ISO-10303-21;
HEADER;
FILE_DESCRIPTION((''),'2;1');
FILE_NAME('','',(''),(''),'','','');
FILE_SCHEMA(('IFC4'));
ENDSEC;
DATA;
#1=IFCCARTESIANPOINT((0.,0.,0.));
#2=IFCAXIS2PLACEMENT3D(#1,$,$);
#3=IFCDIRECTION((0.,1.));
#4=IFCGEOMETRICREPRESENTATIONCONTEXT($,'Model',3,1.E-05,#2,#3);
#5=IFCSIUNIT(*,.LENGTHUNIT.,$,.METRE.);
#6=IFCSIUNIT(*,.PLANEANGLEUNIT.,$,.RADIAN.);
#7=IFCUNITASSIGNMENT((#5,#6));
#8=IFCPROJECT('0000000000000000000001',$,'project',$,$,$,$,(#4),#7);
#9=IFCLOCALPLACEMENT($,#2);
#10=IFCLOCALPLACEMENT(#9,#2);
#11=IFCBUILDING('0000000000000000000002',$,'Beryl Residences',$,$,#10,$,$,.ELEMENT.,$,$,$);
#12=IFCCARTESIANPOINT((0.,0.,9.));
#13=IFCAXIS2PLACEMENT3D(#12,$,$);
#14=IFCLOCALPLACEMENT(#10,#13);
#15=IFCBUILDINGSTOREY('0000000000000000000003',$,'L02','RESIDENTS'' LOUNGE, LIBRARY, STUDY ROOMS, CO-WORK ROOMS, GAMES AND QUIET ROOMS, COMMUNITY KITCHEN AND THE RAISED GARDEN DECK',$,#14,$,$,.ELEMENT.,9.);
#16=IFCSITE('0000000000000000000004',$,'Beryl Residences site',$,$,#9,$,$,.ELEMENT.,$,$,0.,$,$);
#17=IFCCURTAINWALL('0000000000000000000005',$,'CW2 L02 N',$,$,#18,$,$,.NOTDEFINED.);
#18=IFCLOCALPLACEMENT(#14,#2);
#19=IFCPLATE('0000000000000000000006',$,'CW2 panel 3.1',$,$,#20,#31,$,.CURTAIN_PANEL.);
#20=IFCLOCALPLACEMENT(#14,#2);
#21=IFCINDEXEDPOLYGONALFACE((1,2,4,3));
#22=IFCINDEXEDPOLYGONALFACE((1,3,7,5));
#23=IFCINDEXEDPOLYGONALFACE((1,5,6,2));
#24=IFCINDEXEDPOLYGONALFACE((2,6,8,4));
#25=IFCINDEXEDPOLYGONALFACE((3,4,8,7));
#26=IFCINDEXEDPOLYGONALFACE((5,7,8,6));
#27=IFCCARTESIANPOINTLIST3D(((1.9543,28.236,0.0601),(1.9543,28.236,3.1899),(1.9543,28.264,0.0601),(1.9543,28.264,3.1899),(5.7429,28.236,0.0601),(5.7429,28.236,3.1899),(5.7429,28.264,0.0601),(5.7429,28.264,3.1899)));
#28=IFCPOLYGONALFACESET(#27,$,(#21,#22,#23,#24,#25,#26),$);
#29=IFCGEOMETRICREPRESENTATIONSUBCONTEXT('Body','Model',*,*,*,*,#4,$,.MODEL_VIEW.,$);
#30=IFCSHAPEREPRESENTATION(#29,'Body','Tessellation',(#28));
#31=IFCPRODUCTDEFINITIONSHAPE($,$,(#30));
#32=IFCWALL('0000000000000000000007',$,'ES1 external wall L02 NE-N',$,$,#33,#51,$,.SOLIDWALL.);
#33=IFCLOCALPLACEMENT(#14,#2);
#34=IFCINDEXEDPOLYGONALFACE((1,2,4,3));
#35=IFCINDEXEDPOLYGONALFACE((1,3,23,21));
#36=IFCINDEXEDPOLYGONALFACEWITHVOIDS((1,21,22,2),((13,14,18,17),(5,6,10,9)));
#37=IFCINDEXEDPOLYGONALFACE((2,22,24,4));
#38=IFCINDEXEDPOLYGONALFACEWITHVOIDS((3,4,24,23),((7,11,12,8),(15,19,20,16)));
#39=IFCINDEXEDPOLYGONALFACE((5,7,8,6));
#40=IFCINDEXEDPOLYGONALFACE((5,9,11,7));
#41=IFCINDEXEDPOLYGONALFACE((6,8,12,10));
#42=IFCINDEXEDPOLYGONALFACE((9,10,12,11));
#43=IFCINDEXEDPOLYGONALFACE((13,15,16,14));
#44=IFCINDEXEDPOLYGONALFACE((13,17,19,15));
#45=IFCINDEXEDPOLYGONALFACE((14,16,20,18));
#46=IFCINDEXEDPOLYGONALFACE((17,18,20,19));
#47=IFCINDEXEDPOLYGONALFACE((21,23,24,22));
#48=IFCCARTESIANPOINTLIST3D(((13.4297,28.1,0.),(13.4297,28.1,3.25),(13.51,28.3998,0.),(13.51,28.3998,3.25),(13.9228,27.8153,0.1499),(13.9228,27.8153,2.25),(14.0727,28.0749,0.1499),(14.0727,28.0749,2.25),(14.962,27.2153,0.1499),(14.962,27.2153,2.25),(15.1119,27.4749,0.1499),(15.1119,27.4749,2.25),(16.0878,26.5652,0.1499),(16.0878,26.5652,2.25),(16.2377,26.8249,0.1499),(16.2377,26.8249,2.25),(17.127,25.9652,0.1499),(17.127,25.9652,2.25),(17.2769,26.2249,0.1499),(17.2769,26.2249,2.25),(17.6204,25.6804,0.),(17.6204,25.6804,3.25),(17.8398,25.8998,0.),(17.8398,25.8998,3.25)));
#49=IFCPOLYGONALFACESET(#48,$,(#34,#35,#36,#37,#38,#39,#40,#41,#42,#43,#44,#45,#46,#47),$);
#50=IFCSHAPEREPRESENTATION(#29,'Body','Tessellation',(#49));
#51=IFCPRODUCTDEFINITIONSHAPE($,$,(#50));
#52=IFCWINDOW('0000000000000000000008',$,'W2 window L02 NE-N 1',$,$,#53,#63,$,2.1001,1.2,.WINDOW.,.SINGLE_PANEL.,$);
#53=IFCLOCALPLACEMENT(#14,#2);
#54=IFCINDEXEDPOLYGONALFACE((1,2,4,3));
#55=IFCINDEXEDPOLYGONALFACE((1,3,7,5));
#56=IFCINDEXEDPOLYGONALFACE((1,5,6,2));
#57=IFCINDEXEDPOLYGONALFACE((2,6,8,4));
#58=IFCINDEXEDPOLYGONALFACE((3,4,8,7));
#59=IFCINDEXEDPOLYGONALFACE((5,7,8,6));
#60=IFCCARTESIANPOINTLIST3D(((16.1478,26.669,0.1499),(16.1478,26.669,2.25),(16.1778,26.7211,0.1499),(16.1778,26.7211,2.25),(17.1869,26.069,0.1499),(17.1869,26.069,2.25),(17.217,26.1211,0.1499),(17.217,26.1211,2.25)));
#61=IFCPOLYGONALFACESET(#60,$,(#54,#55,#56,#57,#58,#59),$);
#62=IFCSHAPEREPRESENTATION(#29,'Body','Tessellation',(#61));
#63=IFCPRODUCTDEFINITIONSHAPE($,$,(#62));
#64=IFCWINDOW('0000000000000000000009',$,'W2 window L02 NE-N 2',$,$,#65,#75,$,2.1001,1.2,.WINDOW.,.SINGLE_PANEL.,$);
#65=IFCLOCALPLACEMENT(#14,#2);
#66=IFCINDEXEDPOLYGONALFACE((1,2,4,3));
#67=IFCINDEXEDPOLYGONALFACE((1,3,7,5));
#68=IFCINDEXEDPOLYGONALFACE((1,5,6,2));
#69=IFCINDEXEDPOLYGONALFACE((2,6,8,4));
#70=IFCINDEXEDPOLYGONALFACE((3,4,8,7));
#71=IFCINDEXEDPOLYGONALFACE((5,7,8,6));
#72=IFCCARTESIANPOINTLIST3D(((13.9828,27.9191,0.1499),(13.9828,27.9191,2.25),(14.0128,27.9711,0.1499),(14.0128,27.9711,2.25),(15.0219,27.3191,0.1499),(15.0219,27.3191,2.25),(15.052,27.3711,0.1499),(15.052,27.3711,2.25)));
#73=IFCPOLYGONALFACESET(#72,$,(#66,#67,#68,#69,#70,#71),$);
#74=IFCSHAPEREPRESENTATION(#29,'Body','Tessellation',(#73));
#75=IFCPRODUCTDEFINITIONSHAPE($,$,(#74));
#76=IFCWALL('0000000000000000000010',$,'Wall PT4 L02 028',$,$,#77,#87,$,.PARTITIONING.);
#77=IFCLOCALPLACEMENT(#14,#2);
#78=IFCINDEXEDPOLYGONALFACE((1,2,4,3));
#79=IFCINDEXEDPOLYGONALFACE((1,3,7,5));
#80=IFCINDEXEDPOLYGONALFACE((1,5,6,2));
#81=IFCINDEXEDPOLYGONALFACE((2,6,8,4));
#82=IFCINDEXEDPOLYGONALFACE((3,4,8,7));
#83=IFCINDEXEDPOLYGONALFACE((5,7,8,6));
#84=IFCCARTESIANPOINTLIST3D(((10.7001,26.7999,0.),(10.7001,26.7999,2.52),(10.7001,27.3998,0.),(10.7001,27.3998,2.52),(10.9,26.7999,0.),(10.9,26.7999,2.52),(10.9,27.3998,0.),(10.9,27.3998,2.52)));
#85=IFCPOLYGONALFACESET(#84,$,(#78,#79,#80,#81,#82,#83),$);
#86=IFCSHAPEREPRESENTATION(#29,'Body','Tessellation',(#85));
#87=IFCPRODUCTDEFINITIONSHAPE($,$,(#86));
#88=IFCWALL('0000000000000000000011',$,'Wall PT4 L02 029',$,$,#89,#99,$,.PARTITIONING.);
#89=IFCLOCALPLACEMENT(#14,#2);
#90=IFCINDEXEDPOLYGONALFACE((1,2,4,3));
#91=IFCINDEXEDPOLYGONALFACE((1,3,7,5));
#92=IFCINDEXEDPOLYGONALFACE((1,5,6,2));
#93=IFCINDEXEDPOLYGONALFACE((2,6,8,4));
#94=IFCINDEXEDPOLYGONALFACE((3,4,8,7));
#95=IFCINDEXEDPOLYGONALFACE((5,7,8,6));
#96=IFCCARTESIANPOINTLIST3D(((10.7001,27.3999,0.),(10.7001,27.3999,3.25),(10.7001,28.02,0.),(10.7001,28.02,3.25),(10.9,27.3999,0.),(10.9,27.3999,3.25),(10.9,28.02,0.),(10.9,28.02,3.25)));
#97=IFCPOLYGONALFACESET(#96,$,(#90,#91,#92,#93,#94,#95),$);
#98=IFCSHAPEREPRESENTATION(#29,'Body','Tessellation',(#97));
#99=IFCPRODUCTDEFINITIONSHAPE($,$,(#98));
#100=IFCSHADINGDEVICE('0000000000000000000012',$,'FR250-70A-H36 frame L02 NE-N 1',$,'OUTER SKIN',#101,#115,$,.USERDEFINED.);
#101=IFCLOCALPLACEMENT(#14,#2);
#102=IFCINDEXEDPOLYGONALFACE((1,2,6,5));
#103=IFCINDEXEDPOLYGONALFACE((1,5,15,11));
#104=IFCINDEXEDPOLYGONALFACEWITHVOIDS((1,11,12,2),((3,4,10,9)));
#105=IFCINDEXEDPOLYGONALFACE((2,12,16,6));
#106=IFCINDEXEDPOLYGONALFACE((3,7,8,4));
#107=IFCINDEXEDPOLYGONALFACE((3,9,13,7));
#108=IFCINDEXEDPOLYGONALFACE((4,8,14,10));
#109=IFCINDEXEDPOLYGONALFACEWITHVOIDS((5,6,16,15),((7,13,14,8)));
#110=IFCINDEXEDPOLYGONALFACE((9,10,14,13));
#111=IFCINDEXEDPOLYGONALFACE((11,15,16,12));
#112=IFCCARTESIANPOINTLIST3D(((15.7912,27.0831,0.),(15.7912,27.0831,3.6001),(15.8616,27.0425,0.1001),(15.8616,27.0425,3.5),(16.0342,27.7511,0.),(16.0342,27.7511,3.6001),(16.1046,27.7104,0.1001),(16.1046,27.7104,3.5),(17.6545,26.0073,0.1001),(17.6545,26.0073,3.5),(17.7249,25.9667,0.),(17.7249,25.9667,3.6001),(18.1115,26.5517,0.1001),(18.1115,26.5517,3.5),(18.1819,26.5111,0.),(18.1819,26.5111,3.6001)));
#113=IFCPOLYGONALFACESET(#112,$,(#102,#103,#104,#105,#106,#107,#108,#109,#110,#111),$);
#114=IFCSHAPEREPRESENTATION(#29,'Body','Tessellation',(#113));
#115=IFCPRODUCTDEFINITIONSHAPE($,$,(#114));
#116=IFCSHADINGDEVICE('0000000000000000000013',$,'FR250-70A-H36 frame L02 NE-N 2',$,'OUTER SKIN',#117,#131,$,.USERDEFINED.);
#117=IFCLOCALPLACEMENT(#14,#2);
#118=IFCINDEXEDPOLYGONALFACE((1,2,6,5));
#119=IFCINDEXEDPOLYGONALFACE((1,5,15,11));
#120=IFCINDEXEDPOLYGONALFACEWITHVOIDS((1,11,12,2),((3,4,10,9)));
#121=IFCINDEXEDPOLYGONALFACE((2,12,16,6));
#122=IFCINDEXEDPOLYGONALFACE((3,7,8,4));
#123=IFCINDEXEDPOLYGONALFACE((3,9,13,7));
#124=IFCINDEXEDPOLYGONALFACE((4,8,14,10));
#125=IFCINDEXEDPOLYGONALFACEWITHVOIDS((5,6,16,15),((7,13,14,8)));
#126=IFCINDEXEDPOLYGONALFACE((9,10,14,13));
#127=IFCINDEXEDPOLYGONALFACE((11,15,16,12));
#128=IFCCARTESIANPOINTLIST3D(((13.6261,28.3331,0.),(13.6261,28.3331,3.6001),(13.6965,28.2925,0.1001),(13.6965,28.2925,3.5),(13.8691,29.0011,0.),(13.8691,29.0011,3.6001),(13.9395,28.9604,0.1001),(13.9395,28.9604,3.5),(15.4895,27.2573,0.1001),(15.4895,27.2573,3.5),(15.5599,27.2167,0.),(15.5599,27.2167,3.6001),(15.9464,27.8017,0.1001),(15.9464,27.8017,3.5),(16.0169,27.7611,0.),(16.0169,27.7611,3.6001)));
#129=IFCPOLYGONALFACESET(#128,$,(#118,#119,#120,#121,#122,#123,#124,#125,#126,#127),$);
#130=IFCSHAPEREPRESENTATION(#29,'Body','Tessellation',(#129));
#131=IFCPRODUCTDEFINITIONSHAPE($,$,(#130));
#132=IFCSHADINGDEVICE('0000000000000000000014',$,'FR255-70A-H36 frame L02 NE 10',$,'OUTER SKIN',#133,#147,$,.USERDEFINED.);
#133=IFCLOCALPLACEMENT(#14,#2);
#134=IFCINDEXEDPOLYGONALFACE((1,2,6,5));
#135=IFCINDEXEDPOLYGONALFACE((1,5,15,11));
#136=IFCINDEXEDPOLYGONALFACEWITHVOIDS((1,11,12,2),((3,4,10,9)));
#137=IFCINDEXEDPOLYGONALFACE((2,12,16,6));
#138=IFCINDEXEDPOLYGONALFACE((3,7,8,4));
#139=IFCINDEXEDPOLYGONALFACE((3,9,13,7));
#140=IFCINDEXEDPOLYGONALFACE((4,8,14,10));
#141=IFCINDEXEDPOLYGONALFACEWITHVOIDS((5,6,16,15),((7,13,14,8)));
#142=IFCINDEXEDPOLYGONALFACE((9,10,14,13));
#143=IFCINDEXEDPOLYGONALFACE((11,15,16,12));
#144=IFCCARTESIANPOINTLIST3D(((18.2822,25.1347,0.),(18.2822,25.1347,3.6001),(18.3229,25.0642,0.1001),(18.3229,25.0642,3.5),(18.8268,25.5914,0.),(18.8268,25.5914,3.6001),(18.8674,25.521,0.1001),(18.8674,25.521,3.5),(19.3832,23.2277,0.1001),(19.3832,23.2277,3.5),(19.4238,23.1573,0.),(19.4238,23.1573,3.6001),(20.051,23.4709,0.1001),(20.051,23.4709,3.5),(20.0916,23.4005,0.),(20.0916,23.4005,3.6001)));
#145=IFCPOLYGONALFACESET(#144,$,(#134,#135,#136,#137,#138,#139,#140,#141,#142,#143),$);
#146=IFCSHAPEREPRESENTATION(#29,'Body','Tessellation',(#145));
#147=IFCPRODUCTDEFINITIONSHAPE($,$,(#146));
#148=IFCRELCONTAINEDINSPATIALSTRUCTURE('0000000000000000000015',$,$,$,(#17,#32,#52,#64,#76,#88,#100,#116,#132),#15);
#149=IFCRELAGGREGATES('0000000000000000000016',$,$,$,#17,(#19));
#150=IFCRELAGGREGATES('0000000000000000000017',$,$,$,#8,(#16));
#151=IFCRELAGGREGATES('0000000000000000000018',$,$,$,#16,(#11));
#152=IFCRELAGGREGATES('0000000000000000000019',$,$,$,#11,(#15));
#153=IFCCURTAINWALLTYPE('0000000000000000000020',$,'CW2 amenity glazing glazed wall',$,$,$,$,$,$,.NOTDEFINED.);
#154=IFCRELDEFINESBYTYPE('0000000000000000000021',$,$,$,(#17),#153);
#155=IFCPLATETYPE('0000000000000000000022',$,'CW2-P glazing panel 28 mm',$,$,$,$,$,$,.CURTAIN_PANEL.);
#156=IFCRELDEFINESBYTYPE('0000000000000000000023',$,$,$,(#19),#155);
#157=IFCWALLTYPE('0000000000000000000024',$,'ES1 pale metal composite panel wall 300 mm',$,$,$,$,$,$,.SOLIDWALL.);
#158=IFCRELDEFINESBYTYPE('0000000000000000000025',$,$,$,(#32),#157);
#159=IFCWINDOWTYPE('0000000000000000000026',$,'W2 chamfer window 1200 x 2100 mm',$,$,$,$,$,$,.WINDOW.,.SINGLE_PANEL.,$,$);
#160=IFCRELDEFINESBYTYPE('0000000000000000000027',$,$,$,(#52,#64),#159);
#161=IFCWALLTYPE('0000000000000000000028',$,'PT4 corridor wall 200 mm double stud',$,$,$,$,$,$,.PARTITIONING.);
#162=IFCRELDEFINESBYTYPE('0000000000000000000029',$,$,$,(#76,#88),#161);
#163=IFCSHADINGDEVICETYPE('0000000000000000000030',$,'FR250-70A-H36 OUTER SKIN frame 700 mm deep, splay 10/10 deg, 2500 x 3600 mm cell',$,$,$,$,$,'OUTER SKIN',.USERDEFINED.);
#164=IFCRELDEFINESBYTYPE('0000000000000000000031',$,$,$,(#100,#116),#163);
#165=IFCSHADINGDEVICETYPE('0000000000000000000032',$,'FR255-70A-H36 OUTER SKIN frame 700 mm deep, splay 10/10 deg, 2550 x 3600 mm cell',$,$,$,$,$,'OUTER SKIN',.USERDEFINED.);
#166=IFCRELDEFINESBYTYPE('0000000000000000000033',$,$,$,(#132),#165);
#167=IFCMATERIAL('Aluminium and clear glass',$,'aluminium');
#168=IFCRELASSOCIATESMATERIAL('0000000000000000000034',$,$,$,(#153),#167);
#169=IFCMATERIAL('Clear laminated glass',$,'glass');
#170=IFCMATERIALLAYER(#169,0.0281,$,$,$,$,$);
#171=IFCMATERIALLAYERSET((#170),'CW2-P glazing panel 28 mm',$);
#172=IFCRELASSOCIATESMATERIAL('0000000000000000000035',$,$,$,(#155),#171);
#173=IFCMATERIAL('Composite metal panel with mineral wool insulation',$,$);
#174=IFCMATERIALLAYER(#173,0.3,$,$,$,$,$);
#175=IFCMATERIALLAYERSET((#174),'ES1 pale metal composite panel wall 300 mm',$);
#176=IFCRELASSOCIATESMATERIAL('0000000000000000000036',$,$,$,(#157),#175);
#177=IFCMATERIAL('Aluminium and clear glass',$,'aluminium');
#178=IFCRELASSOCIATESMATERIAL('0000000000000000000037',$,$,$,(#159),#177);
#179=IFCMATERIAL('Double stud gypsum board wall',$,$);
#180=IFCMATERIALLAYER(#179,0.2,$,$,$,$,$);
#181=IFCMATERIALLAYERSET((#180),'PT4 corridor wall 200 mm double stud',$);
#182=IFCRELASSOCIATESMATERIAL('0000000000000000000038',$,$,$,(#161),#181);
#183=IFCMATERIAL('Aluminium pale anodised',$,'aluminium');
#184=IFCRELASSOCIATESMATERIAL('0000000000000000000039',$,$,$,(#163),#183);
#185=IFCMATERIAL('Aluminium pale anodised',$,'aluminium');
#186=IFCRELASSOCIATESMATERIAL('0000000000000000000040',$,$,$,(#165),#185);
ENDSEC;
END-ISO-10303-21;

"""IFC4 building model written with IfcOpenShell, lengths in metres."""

from ifc_helpers import new_model, entity, si_unit, direction, frame, frame_2d, origin, origin_2d, place, context, subcontext, project, spatial, polyline, rectangle, outline, extrude, source, transform, mapped, material, layer, layer_set, type_object, type_shapes, element, fill, aggregate, save


model = new_model("IFC4")

# Units and contexts
model_context = context("Model", 3, precision=1e-05, world=origin(), true_north=direction((0.0, 1.0)))
body_context = subcontext(model_context, "Body", "Model", "MODEL_VIEW")
ifc_project = project(units=[si_unit("LENGTHUNIT", "METRE"), si_unit("PLANEANGLEUNIT", "RADIAN")], contexts=[model_context])

# Site, building, storey
site_placement = place(None, origin())
site = spatial("IfcSite", under=ifc_project, at=site_placement, Name="Beryl Residences site", CompositionType="ELEMENT", RefElevation=0.0)
building_placement = place(site_placement, origin())
building = spatial("IfcBuilding", under=site, at=building_placement, Name="Beryl Residences", CompositionType="ELEMENT")
storey_placement = place(building_placement, frame((0.0, 0.0, 9.0)))
storey = spatial("IfcBuildingStorey", under=building, at=storey_placement, Name="L02", Description="RESIDENTS' LOUNGE, LIBRARY, STUDY ROOMS, CO-WORK ROOMS, GAMES AND QUIET ROOMS, COMMUNITY KITCHEN AND THE RAISED GARDEN DECK", CompositionType="ELEMENT", Elevation=9.0)

# Curtain wall
ifc_material_1 = material(Name="Aluminium and clear glass", Category="aluminium")
curtain_wall_type = type_object("IfcCurtainWallType", Name="CW2 amenity glazing glazed wall", PredefinedType="NOTDEFINED", material=ifc_material_1)
curtain_wall_1_placement = place(storey_placement, origin())
curtain_wall_1 = element("IfcCurtainWall", 1, at=curtain_wall_1_placement, inside=storey, type_object=curtain_wall_type, Name="CW2 L02 N", PredefinedType="NOTDEFINED")

# Plate
ifc_material_2 = material(Name="Clear laminated glass", Category="glass")
ifc_layer_1 = layer(ifc_material_2, 0.0281)
ifc_layer_set_1 = layer_set([ifc_layer_1], Name="CW2-P glazing panel 28 mm")
plate_type = type_object("IfcPlateType", Name="CW2-P glazing panel 28 mm", PredefinedType="CURTAIN_PANEL", material=ifc_layer_set_1)
plate_placement = place(storey_placement, frame((3.8486, 28.25, 0.0601), z_axis=(0.0, 0.0, 1.0), x_axis=(-1.0, 0.0, 0.0)))
plate = element("IfcPlate", 2, at=plate_placement, type_object=plate_type, Name="CW2 panel 3.1", PredefinedType="CURTAIN_PANEL", context=body_context, shape_type="SweptSolid", body=[
    extrude(rectangle(XDim=3.7886, YDim=0.0281, at=origin_2d()), origin(), (0.0, 0.0, 1.0), 3.1299),
])
aggregate(curtain_wall_1, [plate])

# Wall, openings, windows
ifc_material_3 = material(Name="Composite metal panel with mineral wool insulation")
ifc_layer_2 = layer(ifc_material_3, 0.3)
ifc_layer_set_2 = layer_set([ifc_layer_2], Name="ES1 pale metal composite panel wall 300 mm")
wall_type_1 = type_object("IfcWallType", Name="ES1 pale metal composite panel wall 300 mm", PredefinedType="SOLIDWALL", material=ifc_layer_set_2)
wall_1_placement = place(storey_placement, frame((17.7649, 25.77, 0.0), z_axis=(0.0, 0.0, 1.0), x_axis=(-0.866011, 0.500025, 0.0)))
wall_1 = element("IfcWall", 3, at=wall_1_placement, inside=storey, type_object=wall_type_1, Name="ES1 external wall L02 NE-N", PredefinedType="SOLIDWALL", context=body_context, shape_type="SweptSolid", body=[
    extrude(outline(polyline([(0.0, -0.1499), (4.9998, -0.1499), (4.9194, 0.1499), (0.0803, 0.1499), (0.0, -0.1499)])), origin(), (0.0, 0.0, 1.0), 3.25),
])
opening_1_placement = place(wall_1_placement, frame((0.6499, 0.0, 0.1499)))
opening_1 = element("IfcOpeningElement", 4, at=opening_1_placement, cuts=wall_1, PredefinedType="OPENING", context=body_context, shape_type="SweptSolid", body=[
    extrude(rectangle(XDim=1.2, YDim=2.1001, at=frame_2d((0.6001, 1.05))), frame((0.0, 0.1599, 0.0), z_axis=(0.0, -1.0, 0.0), x_axis=(1.0, 0.0, 0.0)), (0.0, 0.0, 1.0), 0.3201),
])
opening_2_placement = place(wall_1_placement, frame((3.1499, 0.0, 0.1499)))
opening_2 = element("IfcOpeningElement", 5, at=opening_2_placement, cuts=wall_1, PredefinedType="OPENING", context=body_context, shape_type="SweptSolid", body=[
    extrude(rectangle(XDim=1.2, YDim=2.1001, at=frame_2d((0.6001, 1.05))), frame((0.0, 0.1599, 0.0), z_axis=(0.0, -1.0, 0.0), x_axis=(1.0, 0.0, 0.0)), (0.0, 0.0, 1.0), 0.3201),
])
ifc_material_4 = material(Name="Aluminium and clear glass", Category="aluminium")
window_type = type_object("IfcWindowType", Name="W2 chamfer window 1200 x 2100 mm", PartitioningType="SINGLE_PANEL", PredefinedType="WINDOW", material=ifc_material_4)
window_1_placement = place(opening_1_placement, origin())
window_1 = element("IfcWindow", 6, at=window_1_placement, inside=storey, type_object=window_type, Name="W2 window L02 NE-N 1", OverallHeight=2.1001, OverallWidth=1.2, PartitioningType="SINGLE_PANEL", PredefinedType="WINDOW", context=body_context, shape_type="SweptSolid", body=[
    extrude(rectangle(XDim=1.2, YDim=2.1001, at=frame_2d((0.6001, 1.05))), frame((0.0, 0.03, 0.0), z_axis=(0.0, -1.0, 0.0), x_axis=(1.0, 0.0, 0.0)), (0.0, 0.0, 1.0), 0.0601),
])
fill(opening_1, window_1)
window_2_placement = place(opening_2_placement, origin())
window_2 = element("IfcWindow", 7, at=window_2_placement, inside=storey, type_object=window_type, Name="W2 window L02 NE-N 2", OverallHeight=2.1001, OverallWidth=1.2, PartitioningType="SINGLE_PANEL", PredefinedType="WINDOW", context=body_context, shape_type="SweptSolid", body=[
    extrude(rectangle(XDim=1.2, YDim=2.1001, at=frame_2d((0.6001, 1.05))), frame((0.0, 0.03, 0.0), z_axis=(0.0, -1.0, 0.0), x_axis=(1.0, 0.0, 0.0)), (0.0, 0.0, 1.0), 0.0601),
])
fill(opening_2, window_2)

# Walls
ifc_material_5 = material(Name="Double stud gypsum board wall")
ifc_layer_3 = layer(ifc_material_5, 0.2)
ifc_layer_set_3 = layer_set([ifc_layer_3], Name="PT4 corridor wall 200 mm double stud")
wall_type_2 = type_object("IfcWallType", Name="PT4 corridor wall 200 mm double stud", PredefinedType="PARTITIONING", material=ifc_layer_set_3)
wall_2_placement = place(storey_placement, frame((10.8, 26.8, 0.0), z_axis=(0.0, 0.0, 1.0), x_axis=(0.0, 1.0, 0.0)))
element("IfcWall", 8, at=wall_2_placement, inside=storey, type_object=wall_type_2, Name="Wall PT4 L02 028", PredefinedType="PARTITIONING", context=body_context, shape_type="SweptSolid", body=[
    extrude(rectangle(XDim=0.5999, YDim=0.2, at=frame_2d((0.2998, 0.0))), origin(), (0.0, 0.0, 1.0), 2.52),
])
wall_3_placement = place(storey_placement, frame((10.8, 27.3999, 0.0), z_axis=(0.0, 0.0, 1.0), x_axis=(0.0, 1.0, 0.0)))
element("IfcWall", 9, at=wall_3_placement, inside=storey, type_object=wall_type_2, Name="Wall PT4 L02 029", PredefinedType="PARTITIONING", context=body_context, shape_type="SweptSolid", body=[
    extrude(rectangle(XDim=0.6201, YDim=0.2, at=frame_2d((0.3101, 0.0))), origin(), (0.0, 0.0, 1.0), 3.25),
])

# Shading devices
ifc_material_6 = material(Name="Aluminium pale anodised", Category="aluminium")
shading_device_type_1 = type_object("IfcShadingDeviceType", Name="FR250-70A-H36 OUTER SKIN frame 700 mm deep, splay 10/10 deg, 2500 x 3600 mm cell", ElementType="OUTER SKIN", PredefinedType="USERDEFINED", material=ifc_material_6)
cartesian_point_1 = entity("IfcCartesianPoint", [-1.1165, 0.0])
cartesian_point_2 = entity("IfcCartesianPoint", [-1.0352, 0.1001])
cartesian_point_3 = entity("IfcCartesianPoint", [-1.24, 0.0])
cartesian_point_4 = entity("IfcCartesianPoint", [-1.1587, 0.1001])
shared_shape_1 = source(origin(), body_context, "Body", "SweptSolid", [
    entity("IfcExtrudedAreaSolidTapered", entity("IfcArbitraryProfileDefWithVoids", "AREA", None, entity("IfcPolyline", [cartesian_point_1, entity("IfcCartesianPoint", [1.1165, 0.0]), entity("IfcCartesianPoint", [1.1165, 3.6001]), entity("IfcCartesianPoint", [-1.1165, 3.6001]), cartesian_point_1]), [entity("IfcPolyline", [cartesian_point_2, entity("IfcCartesianPoint", [1.0352, 0.1001]), entity("IfcCartesianPoint", [1.0352, 3.5]), entity("IfcCartesianPoint", [-1.0352, 3.5]), cartesian_point_2])]), entity("IfcAxis2Placement3D", entity("IfcCartesianPoint", [0.0, 0.0, 0.0]), entity("IfcDirection", [0.0, 1.0, 0.0]), entity("IfcDirection", [-1.0, 0.0, 0.0])), entity("IfcDirection", [0.0, 0.0, 1.0]), 0.7, entity("IfcArbitraryProfileDefWithVoids", "AREA", None, entity("IfcPolyline", [cartesian_point_3, entity("IfcCartesianPoint", [1.24, 0.0]), entity("IfcCartesianPoint", [1.24, 3.6001]), entity("IfcCartesianPoint", [-1.24, 3.6001]), cartesian_point_3]), [entity("IfcPolyline", [cartesian_point_4, entity("IfcCartesianPoint", [1.1587, 0.1001]), entity("IfcCartesianPoint", [1.1587, 3.5]), entity("IfcCartesianPoint", [-1.1587, 3.5]), cartesian_point_4])])),
])
type_shapes(shading_device_type_1, [shared_shape_1])
for number, where, z_axis, x_axis, name in (
    (10, (16.7581, 26.5249, 0.0), (0.0, 0.0, 1.0), (0.866025, -0.5, 0.0), "FR250-70A-H36 frame L02 NE-N 1"),
    (11, (14.593, 27.7749, 0.0), (0.0, 0.0, 1.0), (0.866025, -0.5, 0.0), "FR250-70A-H36 frame L02 NE-N 2"),
):
    element("IfcShadingDevice", number, at=place(storey_placement, frame(where, z_axis=z_axis, x_axis=x_axis)), inside=storey, type_object=shading_device_type_1, Name=name, ObjectType="OUTER SKIN", PredefinedType="USERDEFINED", context=body_context, shape_type="MappedRepresentation", body=[
        mapped(shared_shape_1, transform((0.0, 0.0, 0.0))),
    ])
ifc_material_7 = material(Name="Aluminium pale anodised", Category="aluminium")
shading_device_type_2 = type_object("IfcShadingDeviceType", Name="FR255-70A-H36 OUTER SKIN frame 700 mm deep, splay 10/10 deg, 2550 x 3600 mm cell", ElementType="OUTER SKIN", PredefinedType="USERDEFINED", material=ifc_material_7)
cartesian_point_5 = entity("IfcCartesianPoint", [-1.1416, 0.0])
cartesian_point_6 = entity("IfcCartesianPoint", [-1.0603, 0.1001])
cartesian_point_7 = entity("IfcCartesianPoint", [-1.2649, 0.0])
cartesian_point_8 = entity("IfcCartesianPoint", [-1.1836, 0.1001])
shared_shape_2 = source(origin(), body_context, "Body", "SweptSolid", [
    entity("IfcExtrudedAreaSolidTapered", entity("IfcArbitraryProfileDefWithVoids", "AREA", None, entity("IfcPolyline", [cartesian_point_5, entity("IfcCartesianPoint", [1.1416, 0.0]), entity("IfcCartesianPoint", [1.1416, 3.6001]), entity("IfcCartesianPoint", [-1.1416, 3.6001]), cartesian_point_5]), [entity("IfcPolyline", [cartesian_point_6, entity("IfcCartesianPoint", [1.0603, 0.1001]), entity("IfcCartesianPoint", [1.0603, 3.5]), entity("IfcCartesianPoint", [-1.0603, 3.5]), cartesian_point_6])]), entity("IfcAxis2Placement3D", entity("IfcCartesianPoint", [0.0, 0.0, 0.0]), entity("IfcDirection", [0.0, 1.0, 0.0]), entity("IfcDirection", [-1.0, 0.0, 0.0])), entity("IfcDirection", [0.0, 0.0, 1.0]), 0.7, entity("IfcArbitraryProfileDefWithVoids", "AREA", None, entity("IfcPolyline", [cartesian_point_7, entity("IfcCartesianPoint", [1.2649, 0.0]), entity("IfcCartesianPoint", [1.2649, 3.6001]), entity("IfcCartesianPoint", [-1.2649, 3.6001]), cartesian_point_7]), [entity("IfcPolyline", [cartesian_point_8, entity("IfcCartesianPoint", [1.1836, 0.1001]), entity("IfcCartesianPoint", [1.1836, 3.5]), entity("IfcCartesianPoint", [-1.1836, 3.5]), cartesian_point_8])])),
])
type_shapes(shading_device_type_2, [shared_shape_2])
shading_device_placement = place(storey_placement, frame((18.853, 24.146, 0.0), z_axis=(0.0, 0.0, 1.0), x_axis=(0.5, -0.866025, 0.0)))
element("IfcShadingDevice", 12, at=shading_device_placement, inside=storey, type_object=shading_device_type_2, Name="FR255-70A-H36 frame L02 NE 10", ObjectType="OUTER SKIN", PredefinedType="USERDEFINED", context=body_context, shape_type="MappedRepresentation", body=[
    mapped(shared_shape_2, transform((0.0, 0.0, 0.0))),
])

save(model, "model.ifc")
